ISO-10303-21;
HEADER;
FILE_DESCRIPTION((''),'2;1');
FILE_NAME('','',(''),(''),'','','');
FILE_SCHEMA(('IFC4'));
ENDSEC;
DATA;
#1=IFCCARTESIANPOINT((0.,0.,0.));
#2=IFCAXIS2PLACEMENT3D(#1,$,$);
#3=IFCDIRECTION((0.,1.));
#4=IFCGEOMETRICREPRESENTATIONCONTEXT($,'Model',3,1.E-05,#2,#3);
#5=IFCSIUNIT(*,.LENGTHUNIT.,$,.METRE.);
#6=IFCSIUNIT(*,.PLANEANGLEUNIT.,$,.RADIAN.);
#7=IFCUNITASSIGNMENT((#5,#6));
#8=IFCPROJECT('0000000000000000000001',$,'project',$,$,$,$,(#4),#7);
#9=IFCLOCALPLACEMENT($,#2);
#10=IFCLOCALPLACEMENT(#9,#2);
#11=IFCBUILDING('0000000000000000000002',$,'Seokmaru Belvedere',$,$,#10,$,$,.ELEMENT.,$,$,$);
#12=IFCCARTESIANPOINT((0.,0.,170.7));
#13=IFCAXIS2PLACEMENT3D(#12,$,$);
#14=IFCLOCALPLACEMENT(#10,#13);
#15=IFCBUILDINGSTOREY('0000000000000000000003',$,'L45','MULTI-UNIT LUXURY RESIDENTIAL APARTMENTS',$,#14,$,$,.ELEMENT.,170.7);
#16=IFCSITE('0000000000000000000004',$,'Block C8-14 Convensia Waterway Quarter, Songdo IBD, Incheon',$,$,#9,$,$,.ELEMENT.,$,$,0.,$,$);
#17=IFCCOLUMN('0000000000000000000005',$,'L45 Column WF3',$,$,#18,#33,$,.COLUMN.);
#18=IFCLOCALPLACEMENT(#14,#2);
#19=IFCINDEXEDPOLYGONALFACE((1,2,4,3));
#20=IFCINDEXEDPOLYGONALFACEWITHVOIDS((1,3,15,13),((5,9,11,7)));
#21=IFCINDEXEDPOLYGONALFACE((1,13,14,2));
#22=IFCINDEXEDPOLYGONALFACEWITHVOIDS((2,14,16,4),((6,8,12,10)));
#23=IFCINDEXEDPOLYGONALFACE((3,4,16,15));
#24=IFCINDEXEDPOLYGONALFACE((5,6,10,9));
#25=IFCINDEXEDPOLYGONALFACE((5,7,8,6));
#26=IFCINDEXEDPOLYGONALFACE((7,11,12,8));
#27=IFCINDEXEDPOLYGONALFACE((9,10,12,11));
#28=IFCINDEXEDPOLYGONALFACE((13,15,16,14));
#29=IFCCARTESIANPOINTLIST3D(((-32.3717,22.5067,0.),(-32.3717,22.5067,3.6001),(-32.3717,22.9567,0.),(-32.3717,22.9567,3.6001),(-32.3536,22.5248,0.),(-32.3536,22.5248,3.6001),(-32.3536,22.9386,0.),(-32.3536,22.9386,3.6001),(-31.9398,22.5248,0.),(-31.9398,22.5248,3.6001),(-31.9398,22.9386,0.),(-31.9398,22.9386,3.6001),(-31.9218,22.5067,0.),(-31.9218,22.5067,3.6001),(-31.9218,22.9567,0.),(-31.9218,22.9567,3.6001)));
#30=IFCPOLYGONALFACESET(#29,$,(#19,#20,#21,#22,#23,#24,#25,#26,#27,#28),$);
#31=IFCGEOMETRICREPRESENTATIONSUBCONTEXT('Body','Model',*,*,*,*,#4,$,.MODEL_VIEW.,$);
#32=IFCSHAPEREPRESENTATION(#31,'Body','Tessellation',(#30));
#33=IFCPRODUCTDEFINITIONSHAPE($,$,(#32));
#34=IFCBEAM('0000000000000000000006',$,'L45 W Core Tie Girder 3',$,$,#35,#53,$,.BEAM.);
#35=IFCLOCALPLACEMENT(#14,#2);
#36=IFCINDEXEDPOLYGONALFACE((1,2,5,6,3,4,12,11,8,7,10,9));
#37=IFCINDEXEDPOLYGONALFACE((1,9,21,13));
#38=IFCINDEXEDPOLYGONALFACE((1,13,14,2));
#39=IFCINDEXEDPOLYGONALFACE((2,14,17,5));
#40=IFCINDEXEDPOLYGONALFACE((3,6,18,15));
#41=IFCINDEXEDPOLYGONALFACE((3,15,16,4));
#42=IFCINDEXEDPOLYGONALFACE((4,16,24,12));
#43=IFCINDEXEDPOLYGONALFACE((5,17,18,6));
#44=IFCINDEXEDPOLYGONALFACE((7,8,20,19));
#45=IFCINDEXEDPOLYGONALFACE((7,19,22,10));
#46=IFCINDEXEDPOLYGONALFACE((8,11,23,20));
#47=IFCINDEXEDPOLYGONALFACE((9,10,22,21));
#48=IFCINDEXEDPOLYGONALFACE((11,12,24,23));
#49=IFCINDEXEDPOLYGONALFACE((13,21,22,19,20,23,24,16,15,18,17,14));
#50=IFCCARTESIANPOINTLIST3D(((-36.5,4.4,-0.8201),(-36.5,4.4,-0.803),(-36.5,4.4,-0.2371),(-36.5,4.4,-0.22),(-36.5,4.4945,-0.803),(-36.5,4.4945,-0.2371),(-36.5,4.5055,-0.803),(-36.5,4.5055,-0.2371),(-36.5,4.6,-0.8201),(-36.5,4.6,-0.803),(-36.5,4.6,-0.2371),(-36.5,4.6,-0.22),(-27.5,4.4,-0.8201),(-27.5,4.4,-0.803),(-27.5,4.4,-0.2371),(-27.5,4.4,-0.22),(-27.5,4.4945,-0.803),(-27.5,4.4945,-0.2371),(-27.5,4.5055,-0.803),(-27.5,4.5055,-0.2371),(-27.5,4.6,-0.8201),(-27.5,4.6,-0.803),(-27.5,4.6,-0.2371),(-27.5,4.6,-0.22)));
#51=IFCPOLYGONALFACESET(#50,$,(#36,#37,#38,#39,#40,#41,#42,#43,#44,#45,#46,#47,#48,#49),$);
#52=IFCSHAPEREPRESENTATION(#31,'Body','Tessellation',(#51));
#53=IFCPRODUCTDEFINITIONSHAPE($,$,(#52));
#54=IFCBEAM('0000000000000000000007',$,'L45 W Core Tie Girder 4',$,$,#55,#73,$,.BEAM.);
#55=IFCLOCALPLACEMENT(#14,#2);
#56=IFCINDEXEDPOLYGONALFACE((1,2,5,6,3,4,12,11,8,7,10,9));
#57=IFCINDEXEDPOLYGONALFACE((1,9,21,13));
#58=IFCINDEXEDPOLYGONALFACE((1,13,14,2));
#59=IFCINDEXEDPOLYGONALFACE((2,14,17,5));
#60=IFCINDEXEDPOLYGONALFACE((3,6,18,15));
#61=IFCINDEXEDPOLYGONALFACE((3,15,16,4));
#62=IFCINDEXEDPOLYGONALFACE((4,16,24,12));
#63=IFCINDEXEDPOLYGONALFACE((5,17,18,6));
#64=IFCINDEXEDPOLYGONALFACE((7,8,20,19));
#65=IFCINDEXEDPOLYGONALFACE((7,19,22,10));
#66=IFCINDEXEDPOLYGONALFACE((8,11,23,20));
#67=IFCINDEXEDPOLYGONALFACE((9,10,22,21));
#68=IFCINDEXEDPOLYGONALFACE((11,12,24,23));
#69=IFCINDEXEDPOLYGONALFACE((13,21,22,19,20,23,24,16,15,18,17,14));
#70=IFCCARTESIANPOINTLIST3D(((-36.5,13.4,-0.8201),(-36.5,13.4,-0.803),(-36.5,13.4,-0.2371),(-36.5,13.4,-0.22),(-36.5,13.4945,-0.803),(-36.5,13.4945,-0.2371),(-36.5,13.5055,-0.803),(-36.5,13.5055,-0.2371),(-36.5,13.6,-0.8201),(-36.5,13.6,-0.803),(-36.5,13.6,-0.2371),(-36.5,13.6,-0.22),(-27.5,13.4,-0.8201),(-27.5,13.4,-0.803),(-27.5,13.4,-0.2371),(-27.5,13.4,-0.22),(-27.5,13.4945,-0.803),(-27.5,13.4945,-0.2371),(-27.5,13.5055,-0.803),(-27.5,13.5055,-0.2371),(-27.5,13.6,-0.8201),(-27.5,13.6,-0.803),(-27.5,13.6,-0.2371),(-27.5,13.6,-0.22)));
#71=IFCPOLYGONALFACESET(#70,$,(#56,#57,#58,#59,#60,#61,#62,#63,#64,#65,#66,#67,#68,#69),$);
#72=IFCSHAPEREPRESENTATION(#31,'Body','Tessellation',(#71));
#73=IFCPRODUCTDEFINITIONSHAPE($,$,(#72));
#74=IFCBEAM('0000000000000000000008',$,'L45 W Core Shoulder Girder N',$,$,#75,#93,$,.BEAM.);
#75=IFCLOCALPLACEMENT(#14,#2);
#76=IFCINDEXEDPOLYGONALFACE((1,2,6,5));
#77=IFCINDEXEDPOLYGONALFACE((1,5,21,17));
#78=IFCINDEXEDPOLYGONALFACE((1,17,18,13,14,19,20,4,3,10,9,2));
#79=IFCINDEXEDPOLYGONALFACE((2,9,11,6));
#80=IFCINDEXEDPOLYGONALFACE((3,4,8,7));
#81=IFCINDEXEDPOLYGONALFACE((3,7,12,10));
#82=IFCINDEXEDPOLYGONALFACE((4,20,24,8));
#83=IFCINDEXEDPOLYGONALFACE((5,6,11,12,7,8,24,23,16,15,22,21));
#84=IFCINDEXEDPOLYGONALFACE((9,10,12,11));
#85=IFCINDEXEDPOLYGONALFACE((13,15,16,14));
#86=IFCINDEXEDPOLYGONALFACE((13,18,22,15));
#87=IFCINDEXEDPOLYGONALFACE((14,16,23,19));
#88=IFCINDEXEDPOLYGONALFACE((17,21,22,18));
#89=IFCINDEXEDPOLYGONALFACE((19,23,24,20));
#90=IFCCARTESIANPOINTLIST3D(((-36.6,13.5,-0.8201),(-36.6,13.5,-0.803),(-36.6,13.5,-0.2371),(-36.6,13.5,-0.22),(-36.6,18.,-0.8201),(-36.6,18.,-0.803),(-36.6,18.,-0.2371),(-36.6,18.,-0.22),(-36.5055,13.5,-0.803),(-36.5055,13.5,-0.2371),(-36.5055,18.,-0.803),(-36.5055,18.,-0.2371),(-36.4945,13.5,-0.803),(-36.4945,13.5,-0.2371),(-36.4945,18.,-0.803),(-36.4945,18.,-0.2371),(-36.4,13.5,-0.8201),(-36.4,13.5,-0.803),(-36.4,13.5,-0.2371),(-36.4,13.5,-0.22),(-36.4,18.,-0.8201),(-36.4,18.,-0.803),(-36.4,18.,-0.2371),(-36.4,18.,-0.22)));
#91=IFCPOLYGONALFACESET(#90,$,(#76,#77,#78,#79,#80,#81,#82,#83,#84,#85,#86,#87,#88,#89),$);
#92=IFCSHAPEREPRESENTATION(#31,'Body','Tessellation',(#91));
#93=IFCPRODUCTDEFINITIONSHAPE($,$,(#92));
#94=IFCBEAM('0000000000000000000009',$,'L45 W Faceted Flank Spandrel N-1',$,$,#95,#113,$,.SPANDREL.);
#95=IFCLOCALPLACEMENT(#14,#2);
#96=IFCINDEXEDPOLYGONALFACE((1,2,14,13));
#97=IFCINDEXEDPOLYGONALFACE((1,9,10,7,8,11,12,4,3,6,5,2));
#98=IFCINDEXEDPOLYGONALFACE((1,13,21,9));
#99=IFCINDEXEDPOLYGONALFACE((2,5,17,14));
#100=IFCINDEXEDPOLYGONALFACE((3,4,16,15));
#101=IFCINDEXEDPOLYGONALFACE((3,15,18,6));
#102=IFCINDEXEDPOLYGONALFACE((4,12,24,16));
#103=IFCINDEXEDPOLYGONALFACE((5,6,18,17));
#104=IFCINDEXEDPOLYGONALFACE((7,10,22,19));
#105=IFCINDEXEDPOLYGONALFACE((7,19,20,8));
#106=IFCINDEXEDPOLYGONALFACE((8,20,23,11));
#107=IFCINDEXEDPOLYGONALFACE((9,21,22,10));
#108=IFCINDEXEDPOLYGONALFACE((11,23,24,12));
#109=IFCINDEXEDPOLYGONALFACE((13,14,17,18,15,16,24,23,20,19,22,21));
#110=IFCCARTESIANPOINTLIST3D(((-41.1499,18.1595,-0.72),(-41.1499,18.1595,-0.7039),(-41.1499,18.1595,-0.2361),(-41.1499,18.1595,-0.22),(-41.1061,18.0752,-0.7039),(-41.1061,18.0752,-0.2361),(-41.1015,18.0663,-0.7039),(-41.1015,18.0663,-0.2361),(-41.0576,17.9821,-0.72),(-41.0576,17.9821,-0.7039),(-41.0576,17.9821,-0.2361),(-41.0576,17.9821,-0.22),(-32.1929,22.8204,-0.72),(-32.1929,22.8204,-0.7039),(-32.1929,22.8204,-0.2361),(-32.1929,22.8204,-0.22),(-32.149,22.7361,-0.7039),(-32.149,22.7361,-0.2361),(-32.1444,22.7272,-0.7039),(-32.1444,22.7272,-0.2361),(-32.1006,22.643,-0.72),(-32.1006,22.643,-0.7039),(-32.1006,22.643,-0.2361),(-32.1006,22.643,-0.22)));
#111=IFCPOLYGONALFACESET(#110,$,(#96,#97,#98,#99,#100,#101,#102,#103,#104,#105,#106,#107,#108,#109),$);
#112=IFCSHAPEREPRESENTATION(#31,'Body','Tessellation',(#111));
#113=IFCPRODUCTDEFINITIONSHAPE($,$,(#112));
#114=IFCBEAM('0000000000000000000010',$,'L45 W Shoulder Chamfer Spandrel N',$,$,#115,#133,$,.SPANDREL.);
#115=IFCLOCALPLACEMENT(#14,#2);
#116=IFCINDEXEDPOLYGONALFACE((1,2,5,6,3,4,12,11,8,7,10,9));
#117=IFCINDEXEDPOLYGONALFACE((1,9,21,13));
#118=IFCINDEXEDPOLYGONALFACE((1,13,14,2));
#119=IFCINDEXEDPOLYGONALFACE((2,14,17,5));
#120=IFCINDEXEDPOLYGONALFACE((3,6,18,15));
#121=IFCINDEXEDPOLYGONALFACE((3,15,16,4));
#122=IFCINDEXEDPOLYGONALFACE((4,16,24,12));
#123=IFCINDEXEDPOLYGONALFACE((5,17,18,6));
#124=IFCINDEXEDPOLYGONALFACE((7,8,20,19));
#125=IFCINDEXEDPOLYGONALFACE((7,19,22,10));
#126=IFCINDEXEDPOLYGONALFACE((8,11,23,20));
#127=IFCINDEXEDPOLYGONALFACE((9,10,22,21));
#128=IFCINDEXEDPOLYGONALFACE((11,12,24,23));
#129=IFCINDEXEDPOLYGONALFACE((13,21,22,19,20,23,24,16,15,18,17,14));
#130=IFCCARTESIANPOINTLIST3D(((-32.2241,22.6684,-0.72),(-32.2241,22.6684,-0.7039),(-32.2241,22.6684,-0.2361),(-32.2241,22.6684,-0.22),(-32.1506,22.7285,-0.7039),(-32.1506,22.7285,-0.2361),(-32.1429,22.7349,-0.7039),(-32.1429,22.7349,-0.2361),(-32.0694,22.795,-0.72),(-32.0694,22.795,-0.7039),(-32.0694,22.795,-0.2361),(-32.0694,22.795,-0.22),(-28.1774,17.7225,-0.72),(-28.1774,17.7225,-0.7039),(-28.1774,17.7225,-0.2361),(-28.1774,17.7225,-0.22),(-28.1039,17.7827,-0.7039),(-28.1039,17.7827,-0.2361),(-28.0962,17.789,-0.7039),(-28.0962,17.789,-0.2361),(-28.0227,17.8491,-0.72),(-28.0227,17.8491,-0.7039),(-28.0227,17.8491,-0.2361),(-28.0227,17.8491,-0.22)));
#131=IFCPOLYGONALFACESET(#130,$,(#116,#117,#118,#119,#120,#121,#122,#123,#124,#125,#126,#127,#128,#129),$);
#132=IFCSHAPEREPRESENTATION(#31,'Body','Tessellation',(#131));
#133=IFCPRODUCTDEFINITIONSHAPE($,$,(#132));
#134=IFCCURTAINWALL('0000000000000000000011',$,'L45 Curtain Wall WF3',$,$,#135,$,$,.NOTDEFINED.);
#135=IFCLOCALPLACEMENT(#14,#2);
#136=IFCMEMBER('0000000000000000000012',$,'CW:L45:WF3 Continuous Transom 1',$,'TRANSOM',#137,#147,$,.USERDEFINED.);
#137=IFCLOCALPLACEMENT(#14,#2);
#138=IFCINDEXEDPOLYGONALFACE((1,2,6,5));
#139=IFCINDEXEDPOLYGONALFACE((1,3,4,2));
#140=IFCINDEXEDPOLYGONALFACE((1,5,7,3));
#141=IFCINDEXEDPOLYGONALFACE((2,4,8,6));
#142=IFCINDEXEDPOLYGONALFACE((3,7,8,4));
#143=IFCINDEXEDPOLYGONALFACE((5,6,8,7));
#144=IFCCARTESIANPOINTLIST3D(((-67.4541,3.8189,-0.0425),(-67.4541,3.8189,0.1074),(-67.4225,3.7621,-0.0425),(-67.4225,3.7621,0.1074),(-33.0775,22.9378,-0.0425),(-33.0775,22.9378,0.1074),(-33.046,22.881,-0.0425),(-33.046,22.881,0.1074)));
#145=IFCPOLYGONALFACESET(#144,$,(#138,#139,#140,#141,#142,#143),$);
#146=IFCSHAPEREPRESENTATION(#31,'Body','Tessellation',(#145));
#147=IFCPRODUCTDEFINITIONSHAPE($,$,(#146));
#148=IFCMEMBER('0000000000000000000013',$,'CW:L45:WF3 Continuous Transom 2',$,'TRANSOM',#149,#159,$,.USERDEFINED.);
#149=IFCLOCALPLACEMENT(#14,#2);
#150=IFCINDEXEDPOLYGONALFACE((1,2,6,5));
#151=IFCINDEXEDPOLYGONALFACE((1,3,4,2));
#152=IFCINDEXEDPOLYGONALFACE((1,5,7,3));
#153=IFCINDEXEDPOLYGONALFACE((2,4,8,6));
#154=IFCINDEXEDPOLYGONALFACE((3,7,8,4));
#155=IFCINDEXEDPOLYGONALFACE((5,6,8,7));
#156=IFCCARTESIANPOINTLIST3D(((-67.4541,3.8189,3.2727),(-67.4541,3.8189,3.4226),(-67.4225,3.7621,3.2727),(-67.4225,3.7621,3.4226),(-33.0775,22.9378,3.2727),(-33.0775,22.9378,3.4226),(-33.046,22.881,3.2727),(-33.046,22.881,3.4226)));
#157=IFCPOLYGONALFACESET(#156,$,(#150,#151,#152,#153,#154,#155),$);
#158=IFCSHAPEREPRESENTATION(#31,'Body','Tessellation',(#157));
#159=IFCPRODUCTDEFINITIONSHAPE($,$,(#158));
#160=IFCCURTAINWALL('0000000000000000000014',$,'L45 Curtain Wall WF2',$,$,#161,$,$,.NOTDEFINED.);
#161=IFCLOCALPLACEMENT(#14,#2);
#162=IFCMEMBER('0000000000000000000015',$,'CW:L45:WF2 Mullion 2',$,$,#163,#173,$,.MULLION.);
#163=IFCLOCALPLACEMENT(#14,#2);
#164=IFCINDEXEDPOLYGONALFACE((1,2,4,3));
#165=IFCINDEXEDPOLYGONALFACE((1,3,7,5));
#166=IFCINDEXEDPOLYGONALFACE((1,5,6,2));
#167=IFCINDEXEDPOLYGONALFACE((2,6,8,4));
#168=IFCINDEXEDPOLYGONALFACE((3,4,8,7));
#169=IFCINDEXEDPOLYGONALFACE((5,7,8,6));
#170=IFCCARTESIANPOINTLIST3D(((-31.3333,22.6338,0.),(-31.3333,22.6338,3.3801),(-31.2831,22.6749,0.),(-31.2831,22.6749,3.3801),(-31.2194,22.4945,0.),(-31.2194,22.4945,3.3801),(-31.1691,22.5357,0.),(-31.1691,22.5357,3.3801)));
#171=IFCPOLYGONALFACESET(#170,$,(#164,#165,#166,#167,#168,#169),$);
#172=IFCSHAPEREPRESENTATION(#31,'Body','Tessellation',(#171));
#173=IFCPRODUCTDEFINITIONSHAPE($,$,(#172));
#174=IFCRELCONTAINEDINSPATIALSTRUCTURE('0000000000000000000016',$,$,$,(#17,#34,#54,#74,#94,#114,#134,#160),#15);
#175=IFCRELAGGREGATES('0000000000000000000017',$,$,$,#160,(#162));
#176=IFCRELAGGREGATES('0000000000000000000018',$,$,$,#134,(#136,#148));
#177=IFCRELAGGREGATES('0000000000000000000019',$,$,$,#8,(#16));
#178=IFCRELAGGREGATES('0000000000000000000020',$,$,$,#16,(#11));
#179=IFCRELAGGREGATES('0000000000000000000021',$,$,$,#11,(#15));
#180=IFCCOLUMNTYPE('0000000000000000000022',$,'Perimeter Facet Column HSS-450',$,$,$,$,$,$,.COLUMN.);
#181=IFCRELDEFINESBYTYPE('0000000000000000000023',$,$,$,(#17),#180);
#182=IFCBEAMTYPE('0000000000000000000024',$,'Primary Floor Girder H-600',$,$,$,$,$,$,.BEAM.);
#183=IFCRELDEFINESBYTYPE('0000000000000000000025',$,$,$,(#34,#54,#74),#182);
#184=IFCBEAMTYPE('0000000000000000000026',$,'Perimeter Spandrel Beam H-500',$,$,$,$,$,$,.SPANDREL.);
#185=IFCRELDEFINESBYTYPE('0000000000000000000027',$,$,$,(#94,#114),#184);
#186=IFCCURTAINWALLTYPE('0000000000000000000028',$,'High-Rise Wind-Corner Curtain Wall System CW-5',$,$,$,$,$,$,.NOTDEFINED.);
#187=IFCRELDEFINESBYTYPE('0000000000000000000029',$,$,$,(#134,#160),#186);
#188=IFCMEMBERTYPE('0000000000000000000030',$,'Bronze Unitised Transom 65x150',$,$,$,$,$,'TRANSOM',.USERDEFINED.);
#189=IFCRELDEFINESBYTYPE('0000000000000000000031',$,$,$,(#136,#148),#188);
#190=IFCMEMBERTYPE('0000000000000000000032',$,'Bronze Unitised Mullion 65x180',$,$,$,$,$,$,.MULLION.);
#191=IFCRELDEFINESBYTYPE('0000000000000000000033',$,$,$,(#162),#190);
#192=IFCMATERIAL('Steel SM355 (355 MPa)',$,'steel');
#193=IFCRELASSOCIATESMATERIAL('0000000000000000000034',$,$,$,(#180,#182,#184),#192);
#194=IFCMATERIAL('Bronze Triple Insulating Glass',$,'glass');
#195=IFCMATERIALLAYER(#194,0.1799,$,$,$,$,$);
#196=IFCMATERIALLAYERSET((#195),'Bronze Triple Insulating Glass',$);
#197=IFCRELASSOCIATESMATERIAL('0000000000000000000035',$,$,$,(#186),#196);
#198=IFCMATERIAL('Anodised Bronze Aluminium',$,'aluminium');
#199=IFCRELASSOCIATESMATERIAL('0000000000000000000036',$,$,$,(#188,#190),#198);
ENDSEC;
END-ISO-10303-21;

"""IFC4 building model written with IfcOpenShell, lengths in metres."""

from ifc_helpers import new_model, si_unit, direction, frame, origin, origin_2d, place, context, subcontext, project, spatial, rectangle, hollow_rectangle, i_section, extrude, source, transform, mapped, material, layer, layer_set, material_profile, profile_set, type_object, type_shapes, element, aggregate, save


model = new_model("IFC4")

# Units and contexts
model_context = context("Model", 3, precision=1e-05, world=origin(), true_north=direction((0.0, 1.0)))
body_context = subcontext(model_context, "Body", "Model", "MODEL_VIEW")
ifc_project = project(units=[si_unit("LENGTHUNIT", "METRE"), si_unit("PLANEANGLEUNIT", "RADIAN")], contexts=[model_context])

# Site, building, storey
site_placement = place(None, origin())
site = spatial("IfcSite", under=ifc_project, at=site_placement, Name="Block C8-14 Convensia Waterway Quarter, Songdo IBD, Incheon", CompositionType="ELEMENT", RefElevation=0.0)
building_placement = place(site_placement, origin())
building = spatial("IfcBuilding", under=site, at=building_placement, Name="Seokmaru Belvedere", CompositionType="ELEMENT")
storey_placement = place(building_placement, frame((0.0, 0.0, 170.7)))
storey = spatial("IfcBuildingStorey", under=building, at=storey_placement, Name="L45", Description="MULTI-UNIT LUXURY RESIDENTIAL APARTMENTS", CompositionType="ELEMENT", Elevation=170.7)

# Column
ifc_material_1 = material(Name="Steel SM355 (355 MPa)", Category="steel")
ifc_material_profile_1 = material_profile(ifc_material_1, hollow_rectangle(XDim=0.45, YDim=0.45, WallThickness=0.0181, at=origin_2d()), Name="HSS-450x450x18")
ifc_profile_set_1 = profile_set([ifc_material_profile_1], Name="Steel SM355 (355 MPa)")
column_type = type_object("IfcColumnType", Name="Perimeter Facet Column HSS-450", PredefinedType="COLUMN", material=ifc_profile_set_1)
shared_shape_1 = source(origin(), body_context, "Body", "SweptSolid", [
    extrude(hollow_rectangle(XDim=0.45, YDim=0.45, WallThickness=0.0181, at=origin_2d()), origin(), (0.0, 0.0, 1.0), 3.6001),
])
type_shapes(column_type, [shared_shape_1])
column_placement = place(storey_placement, frame((-32.1467, 22.7317, 0.0), z_axis=(0.0, 0.0, 1.0), x_axis=(1.0, 0.0, 0.0)))
element("IfcColumn", 1, at=column_placement, inside=storey, type_object=column_type, Name="L45 Column WF3", PredefinedType="COLUMN", context=body_context, shape_type="MappedRepresentation", body=[
    mapped(shared_shape_1, transform((0.0, 0.0, 0.0), scale=1.0)),
])

# Beams
ifc_material_profile_2 = material_profile(ifc_material_1, i_section(OverallWidth=0.2, OverallDepth=0.6001, WebThickness=0.011, FlangeThickness=0.0171, at=origin_2d()), Name="H-600x200x11x17")
ifc_profile_set_2 = profile_set([ifc_material_profile_2], Name="Steel SM355 (355 MPa)")
beam_type_1 = type_object("IfcBeamType", Name="Primary Floor Girder H-600", PredefinedType="BEAM", material=ifc_profile_set_2)
shared_shape_2 = source(origin(), body_context, "Body", "SweptSolid", [
    extrude(i_section(OverallWidth=0.2, OverallDepth=0.6001, WebThickness=0.011, FlangeThickness=0.0171, at=origin_2d()), origin(), (0.0, 0.0, 1.0), 9.0),
])
for number, where, z_axis, x_axis, name in (
    (2, (-36.5, 4.5, -0.52), (1.0, 0.0, 0.0), (0.0, 1.0, 0.0), "L45 W Core Tie Girder 3"),
    (3, (-36.5, 13.5, -0.52), (1.0, 0.0, 0.0), (0.0, 1.0, 0.0), "L45 W Core Tie Girder 4"),
):
    element("IfcBeam", number, at=place(storey_placement, frame(where, z_axis=z_axis, x_axis=x_axis)), inside=storey, type_object=beam_type_1, Name=name, PredefinedType="BEAM", context=body_context, shape_type="MappedRepresentation", body=[
        mapped(shared_shape_2, transform((0.0, 0.0, 0.0), scale=1.0)),
    ])
shared_shape_3 = source(origin(), body_context, "Body", "SweptSolid", [
    extrude(i_section(OverallWidth=0.2, OverallDepth=0.6001, WebThickness=0.011, FlangeThickness=0.0171, at=origin_2d()), origin(), (0.0, 0.0, 1.0), 4.5),
])
type_shapes(beam_type_1, [shared_shape_2, shared_shape_3])
beam_1_placement = place(storey_placement, frame((-36.5, 13.5, -0.52), z_axis=(0.0, 1.0, 0.0), x_axis=(-1.0, 0.0, 0.0)))
element("IfcBeam", 4, at=beam_1_placement, inside=storey, type_object=beam_type_1, Name="L45 W Core Shoulder Girder N", PredefinedType="BEAM", context=body_context, shape_type="MappedRepresentation", body=[
    mapped(shared_shape_3, transform((0.0, 0.0, 0.0), scale=1.0)),
])
ifc_material_profile_3 = material_profile(ifc_material_1, i_section(OverallWidth=0.2, OverallDepth=0.5, WebThickness=0.01, FlangeThickness=0.0161, at=origin_2d()), Name="H-500x200x10x16")
ifc_profile_set_3 = profile_set([ifc_material_profile_3], Name="Steel SM355 (355 MPa)")
beam_type_2 = type_object("IfcBeamType", Name="Perimeter Spandrel Beam H-500", PredefinedType="SPANDREL", material=ifc_profile_set_3)
shared_shape_4 = source(origin(), body_context, "Body", "SweptSolid", [
    extrude(i_section(OverallWidth=0.2, OverallDepth=0.5, WebThickness=0.01, FlangeThickness=0.0161, at=origin_2d()), origin(), (0.0, 0.0, 1.0), 10.0972),
])
beam_2_placement = place(storey_placement, frame((-32.1467, 22.7317, -0.47), z_axis=(-0.887086, -0.461605, 0.0), x_axis=(0.461605, -0.887086, 0.0)))
element("IfcBeam", 5, at=beam_2_placement, inside=storey, type_object=beam_type_2, Name="L45 W Faceted Flank Spandrel N-1", PredefinedType="SPANDREL", context=body_context, shape_type="MappedRepresentation", body=[
    mapped(shared_shape_4, transform((0.0, 0.0, 0.0), scale=1.0)),
])
shared_shape_5 = source(origin(), body_context, "Body", "SweptSolid", [
    extrude(i_section(OverallWidth=0.2, OverallDepth=0.5, WebThickness=0.01, FlangeThickness=0.0161, at=origin_2d()), origin(), (0.0, 0.0, 1.0), 6.3904),
])
type_shapes(beam_type_2, [shared_shape_4, shared_shape_5])
beam_3_placement = place(storey_placement, frame((-32.1467, 22.7317, -0.47), z_axis=(0.633244, -0.773952, 0.0), x_axis=(0.773952, 0.633244, 0.0)))
element("IfcBeam", 6, at=beam_3_placement, inside=storey, type_object=beam_type_2, Name="L45 W Shoulder Chamfer Spandrel N", PredefinedType="SPANDREL", context=body_context, shape_type="MappedRepresentation", body=[
    mapped(shared_shape_5, transform((0.0, 0.0, 0.0), scale=1.0)),
])

# Curtain wall, members
ifc_material_2 = material(Name="Bronze Triple Insulating Glass", Category="glass")
ifc_layer_1 = layer(ifc_material_2, 0.1799)
ifc_layer_set_1 = layer_set([ifc_layer_1], Name="Bronze Triple Insulating Glass")
curtain_wall_type = type_object("IfcCurtainWallType", Name="High-Rise Wind-Corner Curtain Wall System CW-5", PredefinedType="NOTDEFINED", material=ifc_layer_set_1)
curtain_wall_1_placement = place(storey_placement, origin())
curtain_wall_1 = element("IfcCurtainWall", 7, at=curtain_wall_1_placement, inside=storey, type_object=curtain_wall_type, Name="L45 Curtain Wall WF3", PredefinedType="NOTDEFINED")
ifc_material_3 = material(Name="Anodised Bronze Aluminium", Category="aluminium")
ifc_material_profile_4 = material_profile(ifc_material_3, rectangle(XDim=0.0649, YDim=0.1499, at=origin_2d()), Name="CW-T-65x150")
ifc_profile_set_4 = profile_set([ifc_material_profile_4], Name="Anodised Bronze Aluminium")
member_type_1 = type_object("IfcMemberType", Name="Bronze Unitised Transom 65x150", ElementType="TRANSOM", PredefinedType="USERDEFINED", material=ifc_profile_set_4)
shared_shape_6 = source(origin(), body_context, "Body", "SweptSolid", [
    extrude(rectangle(XDim=0.0649, YDim=0.1499, at=origin_2d()), origin(), (0.0, 0.0, 1.0), 39.3354),
])
type_shapes(member_type_1, [shared_shape_6])
member_1_placement = place(storey_placement, frame((-33.0618, 22.9094, 0.0325), z_axis=(-0.873932, -0.486048, 0.0), x_axis=(0.486048, -0.873932, 0.0)))
member_1 = element("IfcMember", 8, at=member_1_placement, type_object=member_type_1, Name="CW:L45:WF3 Continuous Transom 1", ObjectType="TRANSOM", PredefinedType="USERDEFINED", context=body_context, shape_type="MappedRepresentation", body=[
    mapped(shared_shape_6, transform((0.0, 0.0, 0.0), scale=1.0)),
])
member_2_placement = place(storey_placement, frame((-33.0618, 22.9094, 3.3477), z_axis=(-0.873932, -0.486048, 0.0), x_axis=(0.486048, -0.873932, 0.0)))
member_2 = element("IfcMember", 9, at=member_2_placement, type_object=member_type_1, Name="CW:L45:WF3 Continuous Transom 2", ObjectType="TRANSOM", PredefinedType="USERDEFINED", context=body_context, shape_type="MappedRepresentation", body=[
    mapped(shared_shape_6, transform((0.0, 0.0, 0.0), scale=1.0)),
])

# Curtain wall, member
curtain_wall_2_placement = place(storey_placement, origin())
curtain_wall_2 = element("IfcCurtainWall", 10, at=curtain_wall_2_placement, inside=storey, type_object=curtain_wall_type, Name="L45 Curtain Wall WF2", PredefinedType="NOTDEFINED")
ifc_material_profile_5 = material_profile(ifc_material_3, rectangle(XDim=0.0649, YDim=0.1799, at=origin_2d()), Name="CW-M-65x180")
ifc_profile_set_5 = profile_set([ifc_material_profile_5], Name="Anodised Bronze Aluminium")
member_type_2 = type_object("IfcMemberType", Name="Bronze Unitised Mullion 65x180", PredefinedType="MULLION", material=ifc_profile_set_5)
shared_shape_7 = source(origin(), body_context, "Body", "SweptSolid", [
    extrude(rectangle(XDim=0.0649, YDim=0.1799, at=origin_2d()), origin(), (0.0, 0.0, 1.0), 3.3801),
])
type_shapes(member_type_2, [shared_shape_7])
member_3_placement = place(storey_placement, frame((-31.2512, 22.5847, 0.0), z_axis=(0.0, 0.0, 1.0), x_axis=(-0.773944, -0.633254, 0.0)))
member_3 = element("IfcMember", 11, at=member_3_placement, type_object=member_type_2, Name="CW:L45:WF2 Mullion 2", PredefinedType="MULLION", context=body_context, shape_type="MappedRepresentation", body=[
    mapped(shared_shape_7, transform((0.0, 0.0, 0.0), scale=1.0)),
])
aggregate(curtain_wall_2, [member_3])

aggregate(curtain_wall_1, [member_1, member_2])

save(model, "model.ifc")
